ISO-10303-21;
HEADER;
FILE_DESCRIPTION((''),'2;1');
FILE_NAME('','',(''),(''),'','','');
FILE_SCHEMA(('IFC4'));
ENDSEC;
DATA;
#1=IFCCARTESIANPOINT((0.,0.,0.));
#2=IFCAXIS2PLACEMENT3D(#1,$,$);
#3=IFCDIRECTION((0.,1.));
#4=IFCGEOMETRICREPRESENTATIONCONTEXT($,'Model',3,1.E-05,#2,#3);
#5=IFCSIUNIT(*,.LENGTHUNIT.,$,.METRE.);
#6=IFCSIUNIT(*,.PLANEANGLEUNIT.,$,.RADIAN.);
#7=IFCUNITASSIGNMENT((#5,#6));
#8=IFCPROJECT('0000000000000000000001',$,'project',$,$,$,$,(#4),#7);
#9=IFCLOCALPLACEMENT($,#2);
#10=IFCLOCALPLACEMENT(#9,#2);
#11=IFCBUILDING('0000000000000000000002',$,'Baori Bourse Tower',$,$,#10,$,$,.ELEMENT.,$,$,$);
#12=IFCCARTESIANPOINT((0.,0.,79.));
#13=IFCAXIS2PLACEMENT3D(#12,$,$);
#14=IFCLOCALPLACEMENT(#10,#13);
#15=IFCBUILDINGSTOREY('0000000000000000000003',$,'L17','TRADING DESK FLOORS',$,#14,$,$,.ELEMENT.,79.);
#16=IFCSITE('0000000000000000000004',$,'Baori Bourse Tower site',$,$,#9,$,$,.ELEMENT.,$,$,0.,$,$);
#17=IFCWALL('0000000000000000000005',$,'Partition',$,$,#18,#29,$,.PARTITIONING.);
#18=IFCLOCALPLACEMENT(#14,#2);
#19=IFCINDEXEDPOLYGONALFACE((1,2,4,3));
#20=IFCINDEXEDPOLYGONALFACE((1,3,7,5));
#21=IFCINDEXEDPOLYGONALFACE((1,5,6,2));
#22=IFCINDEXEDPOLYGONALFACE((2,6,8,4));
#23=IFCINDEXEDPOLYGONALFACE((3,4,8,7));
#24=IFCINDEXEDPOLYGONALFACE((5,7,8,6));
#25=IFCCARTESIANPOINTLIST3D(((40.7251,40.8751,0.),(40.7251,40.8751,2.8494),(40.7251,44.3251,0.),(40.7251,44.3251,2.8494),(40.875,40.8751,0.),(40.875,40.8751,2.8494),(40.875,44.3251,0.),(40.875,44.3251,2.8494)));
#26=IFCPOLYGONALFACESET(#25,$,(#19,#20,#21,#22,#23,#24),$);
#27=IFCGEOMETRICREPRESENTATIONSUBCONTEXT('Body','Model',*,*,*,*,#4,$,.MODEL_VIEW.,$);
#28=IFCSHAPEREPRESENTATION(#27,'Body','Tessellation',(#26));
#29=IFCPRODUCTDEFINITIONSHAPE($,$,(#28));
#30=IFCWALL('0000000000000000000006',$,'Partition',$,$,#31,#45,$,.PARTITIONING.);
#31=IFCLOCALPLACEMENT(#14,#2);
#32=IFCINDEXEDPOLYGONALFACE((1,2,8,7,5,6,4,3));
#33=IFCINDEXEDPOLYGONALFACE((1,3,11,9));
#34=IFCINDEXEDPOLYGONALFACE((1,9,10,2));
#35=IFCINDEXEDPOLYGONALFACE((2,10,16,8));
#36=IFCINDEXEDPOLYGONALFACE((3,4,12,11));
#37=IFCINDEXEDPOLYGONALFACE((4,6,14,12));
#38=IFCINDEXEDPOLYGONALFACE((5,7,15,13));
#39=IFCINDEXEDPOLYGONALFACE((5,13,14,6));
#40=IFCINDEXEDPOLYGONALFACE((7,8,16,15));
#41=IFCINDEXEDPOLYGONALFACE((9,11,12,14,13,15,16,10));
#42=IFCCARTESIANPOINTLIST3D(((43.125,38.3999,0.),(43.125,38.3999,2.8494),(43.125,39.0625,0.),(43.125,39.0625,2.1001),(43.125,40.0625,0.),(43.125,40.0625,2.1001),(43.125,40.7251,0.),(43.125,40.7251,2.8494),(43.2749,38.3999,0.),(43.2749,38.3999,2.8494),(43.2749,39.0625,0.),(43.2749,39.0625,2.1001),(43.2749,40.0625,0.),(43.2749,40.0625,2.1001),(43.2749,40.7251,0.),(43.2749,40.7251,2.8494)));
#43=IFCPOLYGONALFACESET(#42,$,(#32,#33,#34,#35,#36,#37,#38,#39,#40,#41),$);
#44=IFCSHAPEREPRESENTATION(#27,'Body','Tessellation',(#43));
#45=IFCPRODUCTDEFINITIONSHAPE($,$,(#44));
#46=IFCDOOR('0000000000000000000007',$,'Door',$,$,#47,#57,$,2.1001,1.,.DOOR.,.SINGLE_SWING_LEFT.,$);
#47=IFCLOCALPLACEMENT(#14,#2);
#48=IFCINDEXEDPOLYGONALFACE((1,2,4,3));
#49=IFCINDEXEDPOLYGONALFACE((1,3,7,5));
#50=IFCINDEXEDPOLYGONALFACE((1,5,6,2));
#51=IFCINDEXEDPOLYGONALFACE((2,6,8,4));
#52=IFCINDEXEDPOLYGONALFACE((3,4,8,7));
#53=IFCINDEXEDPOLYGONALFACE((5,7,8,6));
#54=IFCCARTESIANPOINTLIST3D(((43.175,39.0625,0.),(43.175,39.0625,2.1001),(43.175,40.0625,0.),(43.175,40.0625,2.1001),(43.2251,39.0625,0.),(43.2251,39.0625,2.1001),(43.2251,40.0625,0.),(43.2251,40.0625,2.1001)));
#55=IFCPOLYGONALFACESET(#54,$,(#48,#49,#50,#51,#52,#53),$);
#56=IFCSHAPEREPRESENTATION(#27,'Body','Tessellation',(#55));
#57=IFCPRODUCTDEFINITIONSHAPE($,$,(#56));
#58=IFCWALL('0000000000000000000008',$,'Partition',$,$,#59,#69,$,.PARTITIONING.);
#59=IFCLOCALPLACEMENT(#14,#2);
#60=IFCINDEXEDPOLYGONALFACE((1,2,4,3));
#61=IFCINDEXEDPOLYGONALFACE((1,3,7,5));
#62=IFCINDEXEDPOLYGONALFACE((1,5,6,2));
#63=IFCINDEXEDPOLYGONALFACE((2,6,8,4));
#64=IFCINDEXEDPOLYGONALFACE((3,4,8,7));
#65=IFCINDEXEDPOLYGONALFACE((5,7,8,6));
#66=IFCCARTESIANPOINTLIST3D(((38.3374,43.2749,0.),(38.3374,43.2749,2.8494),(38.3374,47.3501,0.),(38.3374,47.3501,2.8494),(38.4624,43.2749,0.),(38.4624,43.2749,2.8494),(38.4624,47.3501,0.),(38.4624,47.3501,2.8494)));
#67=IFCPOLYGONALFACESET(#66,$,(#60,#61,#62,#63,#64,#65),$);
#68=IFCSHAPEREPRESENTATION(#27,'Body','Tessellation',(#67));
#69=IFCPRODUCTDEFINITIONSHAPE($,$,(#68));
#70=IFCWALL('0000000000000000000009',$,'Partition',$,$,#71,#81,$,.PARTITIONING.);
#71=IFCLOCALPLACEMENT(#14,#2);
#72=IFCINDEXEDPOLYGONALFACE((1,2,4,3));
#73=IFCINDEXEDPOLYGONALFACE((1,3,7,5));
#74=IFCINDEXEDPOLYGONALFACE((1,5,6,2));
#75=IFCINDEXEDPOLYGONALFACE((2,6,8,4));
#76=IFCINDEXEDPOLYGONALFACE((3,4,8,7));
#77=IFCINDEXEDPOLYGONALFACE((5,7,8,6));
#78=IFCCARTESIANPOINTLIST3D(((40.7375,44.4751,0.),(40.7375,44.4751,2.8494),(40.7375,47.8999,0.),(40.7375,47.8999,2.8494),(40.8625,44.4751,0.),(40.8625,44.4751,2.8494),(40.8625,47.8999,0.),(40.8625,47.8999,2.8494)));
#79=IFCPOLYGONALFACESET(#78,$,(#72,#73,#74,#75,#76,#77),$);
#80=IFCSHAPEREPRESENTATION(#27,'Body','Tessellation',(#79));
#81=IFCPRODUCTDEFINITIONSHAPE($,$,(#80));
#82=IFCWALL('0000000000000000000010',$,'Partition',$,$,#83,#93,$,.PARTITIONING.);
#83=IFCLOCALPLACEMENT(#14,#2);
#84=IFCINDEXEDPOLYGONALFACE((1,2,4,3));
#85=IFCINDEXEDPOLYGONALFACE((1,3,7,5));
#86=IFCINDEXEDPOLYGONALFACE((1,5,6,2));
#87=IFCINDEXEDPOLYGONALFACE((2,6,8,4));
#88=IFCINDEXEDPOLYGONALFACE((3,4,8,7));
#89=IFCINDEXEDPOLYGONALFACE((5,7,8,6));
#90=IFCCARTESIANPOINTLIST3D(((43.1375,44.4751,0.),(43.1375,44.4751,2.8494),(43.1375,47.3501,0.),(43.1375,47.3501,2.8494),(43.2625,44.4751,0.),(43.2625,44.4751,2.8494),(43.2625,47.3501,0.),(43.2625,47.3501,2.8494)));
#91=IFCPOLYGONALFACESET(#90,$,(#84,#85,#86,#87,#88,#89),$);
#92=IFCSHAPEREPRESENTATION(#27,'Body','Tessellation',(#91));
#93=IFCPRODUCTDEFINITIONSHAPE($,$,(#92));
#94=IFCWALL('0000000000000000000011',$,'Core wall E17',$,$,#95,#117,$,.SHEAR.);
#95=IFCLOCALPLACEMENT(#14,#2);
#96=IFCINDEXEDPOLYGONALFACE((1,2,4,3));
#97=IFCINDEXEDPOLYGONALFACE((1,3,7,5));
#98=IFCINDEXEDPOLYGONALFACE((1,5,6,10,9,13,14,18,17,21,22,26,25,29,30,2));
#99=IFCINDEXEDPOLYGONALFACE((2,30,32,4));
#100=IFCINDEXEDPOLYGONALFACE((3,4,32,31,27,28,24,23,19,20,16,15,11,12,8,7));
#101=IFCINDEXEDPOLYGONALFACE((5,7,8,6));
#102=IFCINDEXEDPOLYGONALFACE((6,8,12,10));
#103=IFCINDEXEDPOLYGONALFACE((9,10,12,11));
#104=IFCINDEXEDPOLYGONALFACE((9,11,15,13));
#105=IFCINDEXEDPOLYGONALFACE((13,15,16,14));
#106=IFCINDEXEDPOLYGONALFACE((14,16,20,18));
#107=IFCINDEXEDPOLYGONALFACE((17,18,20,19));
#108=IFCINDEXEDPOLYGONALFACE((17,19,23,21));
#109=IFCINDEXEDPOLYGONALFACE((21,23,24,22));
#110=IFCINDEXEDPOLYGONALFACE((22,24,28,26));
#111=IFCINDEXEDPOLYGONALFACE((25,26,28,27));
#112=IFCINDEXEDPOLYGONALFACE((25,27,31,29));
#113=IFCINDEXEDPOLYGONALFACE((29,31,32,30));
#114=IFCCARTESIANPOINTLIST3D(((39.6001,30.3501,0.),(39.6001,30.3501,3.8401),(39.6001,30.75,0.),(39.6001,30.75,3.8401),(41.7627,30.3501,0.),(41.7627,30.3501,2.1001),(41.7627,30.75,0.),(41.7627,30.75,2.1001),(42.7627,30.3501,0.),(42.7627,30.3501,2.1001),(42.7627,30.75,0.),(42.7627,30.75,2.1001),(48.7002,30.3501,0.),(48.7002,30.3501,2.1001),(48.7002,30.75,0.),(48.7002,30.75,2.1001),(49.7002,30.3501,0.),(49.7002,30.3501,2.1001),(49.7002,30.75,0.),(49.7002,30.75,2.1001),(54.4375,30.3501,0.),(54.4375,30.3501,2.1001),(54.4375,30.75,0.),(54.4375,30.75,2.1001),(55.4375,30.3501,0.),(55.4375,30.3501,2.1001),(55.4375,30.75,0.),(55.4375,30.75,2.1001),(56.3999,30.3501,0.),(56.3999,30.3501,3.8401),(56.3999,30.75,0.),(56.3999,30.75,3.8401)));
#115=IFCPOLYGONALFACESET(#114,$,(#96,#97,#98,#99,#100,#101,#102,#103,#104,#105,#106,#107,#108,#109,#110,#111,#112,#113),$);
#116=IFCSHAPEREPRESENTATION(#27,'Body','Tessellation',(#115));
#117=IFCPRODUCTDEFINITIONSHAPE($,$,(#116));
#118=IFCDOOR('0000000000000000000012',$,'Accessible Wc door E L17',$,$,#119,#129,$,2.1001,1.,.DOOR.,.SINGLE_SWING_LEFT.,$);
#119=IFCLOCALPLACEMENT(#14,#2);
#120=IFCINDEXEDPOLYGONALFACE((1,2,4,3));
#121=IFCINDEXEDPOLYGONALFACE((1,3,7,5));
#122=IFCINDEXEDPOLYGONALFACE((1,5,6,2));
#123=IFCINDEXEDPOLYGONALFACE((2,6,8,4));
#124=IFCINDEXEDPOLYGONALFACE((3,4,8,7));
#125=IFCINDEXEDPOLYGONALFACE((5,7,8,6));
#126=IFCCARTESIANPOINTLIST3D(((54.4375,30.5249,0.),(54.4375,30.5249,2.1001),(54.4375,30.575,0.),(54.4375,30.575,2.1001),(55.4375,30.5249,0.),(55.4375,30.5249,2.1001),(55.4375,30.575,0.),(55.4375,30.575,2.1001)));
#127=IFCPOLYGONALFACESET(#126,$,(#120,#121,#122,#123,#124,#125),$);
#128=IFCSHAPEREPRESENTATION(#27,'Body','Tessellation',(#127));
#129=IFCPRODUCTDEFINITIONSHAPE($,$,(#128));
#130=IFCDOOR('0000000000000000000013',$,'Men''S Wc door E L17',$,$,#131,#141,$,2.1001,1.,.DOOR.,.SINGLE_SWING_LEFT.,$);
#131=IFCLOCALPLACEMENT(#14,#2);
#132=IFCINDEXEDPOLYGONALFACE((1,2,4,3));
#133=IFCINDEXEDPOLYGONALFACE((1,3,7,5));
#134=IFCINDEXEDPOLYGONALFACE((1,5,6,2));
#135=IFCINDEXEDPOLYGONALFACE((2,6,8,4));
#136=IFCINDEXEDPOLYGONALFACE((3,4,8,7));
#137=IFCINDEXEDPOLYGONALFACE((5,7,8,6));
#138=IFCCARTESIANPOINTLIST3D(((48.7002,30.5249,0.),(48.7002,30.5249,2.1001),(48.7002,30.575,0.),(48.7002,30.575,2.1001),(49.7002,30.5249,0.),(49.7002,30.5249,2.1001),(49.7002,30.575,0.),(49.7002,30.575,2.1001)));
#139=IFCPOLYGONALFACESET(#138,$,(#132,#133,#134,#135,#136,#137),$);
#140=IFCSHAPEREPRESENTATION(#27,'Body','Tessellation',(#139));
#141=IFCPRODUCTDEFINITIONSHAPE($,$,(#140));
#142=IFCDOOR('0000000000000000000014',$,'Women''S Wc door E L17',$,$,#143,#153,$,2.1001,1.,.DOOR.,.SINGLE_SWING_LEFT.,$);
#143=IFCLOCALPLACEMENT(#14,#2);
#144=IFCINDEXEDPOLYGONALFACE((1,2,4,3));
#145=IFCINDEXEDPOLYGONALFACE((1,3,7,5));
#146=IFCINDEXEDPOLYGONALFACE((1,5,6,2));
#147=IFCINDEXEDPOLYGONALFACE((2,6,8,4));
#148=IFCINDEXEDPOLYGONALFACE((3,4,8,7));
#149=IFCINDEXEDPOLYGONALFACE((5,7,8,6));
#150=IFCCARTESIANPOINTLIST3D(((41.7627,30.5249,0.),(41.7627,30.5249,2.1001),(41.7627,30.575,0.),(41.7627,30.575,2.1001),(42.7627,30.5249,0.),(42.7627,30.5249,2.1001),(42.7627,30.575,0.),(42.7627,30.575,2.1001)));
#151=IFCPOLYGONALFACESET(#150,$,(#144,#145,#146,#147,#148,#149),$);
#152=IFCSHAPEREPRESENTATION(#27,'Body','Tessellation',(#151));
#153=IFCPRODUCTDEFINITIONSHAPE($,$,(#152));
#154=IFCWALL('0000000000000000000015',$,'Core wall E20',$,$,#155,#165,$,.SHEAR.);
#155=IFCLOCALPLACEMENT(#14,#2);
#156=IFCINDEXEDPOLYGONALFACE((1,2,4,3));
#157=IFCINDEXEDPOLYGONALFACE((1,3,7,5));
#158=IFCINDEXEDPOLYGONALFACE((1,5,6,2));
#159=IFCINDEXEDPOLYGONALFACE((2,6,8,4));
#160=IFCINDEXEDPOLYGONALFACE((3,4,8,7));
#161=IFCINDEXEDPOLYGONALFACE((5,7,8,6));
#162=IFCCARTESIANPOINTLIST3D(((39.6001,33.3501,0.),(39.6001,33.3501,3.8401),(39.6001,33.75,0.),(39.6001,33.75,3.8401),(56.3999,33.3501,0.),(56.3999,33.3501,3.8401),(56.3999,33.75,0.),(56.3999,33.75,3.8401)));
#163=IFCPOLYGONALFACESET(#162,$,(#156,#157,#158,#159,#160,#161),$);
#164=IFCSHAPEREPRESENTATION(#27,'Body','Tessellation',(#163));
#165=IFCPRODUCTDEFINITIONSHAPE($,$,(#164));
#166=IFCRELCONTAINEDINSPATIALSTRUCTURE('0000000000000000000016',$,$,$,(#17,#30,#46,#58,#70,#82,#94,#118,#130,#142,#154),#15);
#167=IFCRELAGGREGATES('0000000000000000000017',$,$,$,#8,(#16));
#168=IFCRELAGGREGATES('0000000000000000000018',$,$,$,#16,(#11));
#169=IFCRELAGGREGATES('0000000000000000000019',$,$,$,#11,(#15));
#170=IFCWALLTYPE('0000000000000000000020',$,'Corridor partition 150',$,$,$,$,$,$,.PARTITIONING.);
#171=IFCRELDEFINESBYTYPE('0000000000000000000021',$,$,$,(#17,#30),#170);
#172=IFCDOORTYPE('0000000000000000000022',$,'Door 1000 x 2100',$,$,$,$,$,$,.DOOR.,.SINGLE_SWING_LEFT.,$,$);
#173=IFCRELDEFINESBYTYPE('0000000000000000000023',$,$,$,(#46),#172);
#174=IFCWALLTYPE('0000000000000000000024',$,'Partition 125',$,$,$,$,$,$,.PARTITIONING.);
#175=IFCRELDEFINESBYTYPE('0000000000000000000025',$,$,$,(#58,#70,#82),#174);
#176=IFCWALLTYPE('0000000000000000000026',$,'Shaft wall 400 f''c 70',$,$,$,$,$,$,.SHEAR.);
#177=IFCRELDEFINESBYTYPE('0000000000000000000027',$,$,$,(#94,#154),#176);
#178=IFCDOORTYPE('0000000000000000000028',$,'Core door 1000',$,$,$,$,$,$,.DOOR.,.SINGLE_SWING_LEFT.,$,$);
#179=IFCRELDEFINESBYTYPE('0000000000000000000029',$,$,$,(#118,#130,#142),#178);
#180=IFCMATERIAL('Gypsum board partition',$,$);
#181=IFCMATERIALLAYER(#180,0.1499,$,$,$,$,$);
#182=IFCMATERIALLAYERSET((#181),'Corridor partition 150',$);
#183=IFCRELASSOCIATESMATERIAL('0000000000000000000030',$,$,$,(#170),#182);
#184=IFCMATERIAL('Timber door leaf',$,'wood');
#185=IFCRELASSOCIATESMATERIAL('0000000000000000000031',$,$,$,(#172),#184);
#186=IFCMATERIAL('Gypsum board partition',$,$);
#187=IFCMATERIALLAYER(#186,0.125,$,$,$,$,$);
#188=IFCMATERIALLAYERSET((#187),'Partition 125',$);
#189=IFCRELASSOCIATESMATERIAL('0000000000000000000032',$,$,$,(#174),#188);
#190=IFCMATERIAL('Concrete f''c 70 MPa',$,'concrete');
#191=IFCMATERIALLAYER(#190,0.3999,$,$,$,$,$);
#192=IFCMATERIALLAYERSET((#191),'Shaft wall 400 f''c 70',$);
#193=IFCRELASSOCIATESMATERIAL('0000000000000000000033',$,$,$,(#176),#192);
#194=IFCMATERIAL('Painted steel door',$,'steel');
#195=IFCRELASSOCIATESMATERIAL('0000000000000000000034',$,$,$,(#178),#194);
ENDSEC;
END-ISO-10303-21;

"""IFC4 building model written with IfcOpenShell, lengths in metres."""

from ifc_helpers import new_model, si_unit, direction, frame, frame_2d, origin, place, context, subcontext, project, spatial, rectangle, extrude, material, layer, layer_set, type_object, element, fill, save


model = new_model("IFC4")

# Units and contexts
model_context = context("Model", 3, precision=1e-05, world=origin(), true_north=direction((0.0, 1.0)))
body_context = subcontext(model_context, "Body", "Model", "MODEL_VIEW")
ifc_project = project(units=[si_unit("LENGTHUNIT", "METRE"), si_unit("PLANEANGLEUNIT", "RADIAN")], contexts=[model_context])

# Site, building, storey
site_placement = place(None, origin())
site = spatial("IfcSite", under=ifc_project, at=site_placement, Name="Baori Bourse Tower site", CompositionType="ELEMENT", RefElevation=0.0)
building_placement = place(site_placement, origin())
building = spatial("IfcBuilding", under=site, at=building_placement, Name="Baori Bourse Tower", CompositionType="ELEMENT")
storey_placement = place(building_placement, frame((0.0, 0.0, 79.0)))
storey = spatial("IfcBuildingStorey", under=building, at=storey_placement, Name="L17", Description="TRADING DESK FLOORS", CompositionType="ELEMENT", Elevation=79.0)

# Shared definitions
ifc_material_1 = material(Name="Gypsum board partition")
ifc_layer_1 = layer(ifc_material_1, 0.1499)
ifc_layer_set_1 = layer_set([ifc_layer_1], Name="Corridor partition 150")
wall_type_1 = type_object("IfcWallType", Name="Corridor partition 150", PredefinedType="PARTITIONING", material=ifc_layer_set_1)
ifc_material_2 = material(Name="Timber door leaf", Category="wood")
door_type_1 = type_object("IfcDoorType", Name="Door 1000 x 2100", OperationType="SINGLE_SWING_LEFT", PredefinedType="DOOR", material=ifc_material_2)

# Wall
wall_1_placement = place(storey_placement, frame((40.8, 40.875, 0.0), z_axis=(0.0, 0.0, 1.0), x_axis=(0.0, 1.0, 0.0)))
element("IfcWall", 1, at=wall_1_placement, inside=storey, type_object=wall_type_1, Name="Partition", PredefinedType="PARTITIONING", context=body_context, shape_type="SweptSolid", body=[
    extrude(rectangle(XDim=3.45, YDim=0.1499, at=frame_2d((1.7251, 0.0))), origin(), (0.0, 0.0, 1.0), 2.8494),
])

# Wall, opening, door
wall_2_placement = place(storey_placement, frame((43.2, 38.3999, 0.0), z_axis=(0.0, 0.0, 1.0), x_axis=(0.0, 1.0, 0.0)))
wall_2 = element("IfcWall", 2, at=wall_2_placement, inside=storey, type_object=wall_type_1, Name="Partition", PredefinedType="PARTITIONING", context=body_context, shape_type="SweptSolid", body=[
    extrude(rectangle(XDim=2.3252, YDim=0.1499, at=frame_2d((1.1626, 0.0))), origin(), (0.0, 0.0, 1.0), 2.8494),
])
opening_1_placement = place(wall_2_placement, frame((0.6626, 0.0, 0.0)))
opening_1 = element("IfcOpeningElement", 3, at=opening_1_placement, cuts=wall_2, PredefinedType="OPENING", context=body_context, shape_type="SweptSolid", body=[
    extrude(rectangle(XDim=1.0, YDim=2.1001, at=frame_2d((0.5, 1.05))), frame((0.0, 0.085, 0.0), z_axis=(0.0, -1.0, 0.0), x_axis=(1.0, 0.0, 0.0)), (0.0, 0.0, 1.0), 0.1699),
])
door_1_placement = place(opening_1_placement, origin())
door_1 = element("IfcDoor", 4, at=door_1_placement, inside=storey, type_object=door_type_1, Name="Door", OperationType="SINGLE_SWING_LEFT", OverallHeight=2.1001, OverallWidth=1.0, PredefinedType="DOOR", context=body_context, shape_type="SweptSolid", body=[
    extrude(rectangle(XDim=1.0, YDim=2.1001, at=frame_2d((0.5, 1.05))), frame((0.0, 0.0249, 0.0), z_axis=(0.0, -1.0, 0.0), x_axis=(1.0, 0.0, 0.0)), (0.0, 0.0, 1.0), 0.05),
])
fill(opening_1, door_1)

# Walls
ifc_material_3 = material(Name="Gypsum board partition")
ifc_layer_2 = layer(ifc_material_3, 0.125)
ifc_layer_set_2 = layer_set([ifc_layer_2], Name="Partition 125")
wall_type_2 = type_object("IfcWallType", Name="Partition 125", PredefinedType="PARTITIONING", material=ifc_layer_set_2)
wall_3_placement = place(storey_placement, frame((38.3999, 43.2749, 0.0), z_axis=(0.0, 0.0, 1.0), x_axis=(0.0, 1.0, 0.0)))
element("IfcWall", 5, at=wall_3_placement, inside=storey, type_object=wall_type_2, Name="Partition", PredefinedType="PARTITIONING", context=body_context, shape_type="SweptSolid", body=[
    extrude(rectangle(XDim=4.0752, YDim=0.125, at=frame_2d((2.0376, 0.0))), origin(), (0.0, 0.0, 1.0), 2.8494),
])
wall_4_placement = place(storey_placement, frame((40.8, 44.4751, 0.0), z_axis=(0.0, 0.0, 1.0), x_axis=(0.0, 1.0, 0.0)))
element("IfcWall", 6, at=wall_4_placement, inside=storey, type_object=wall_type_2, Name="Partition", PredefinedType="PARTITIONING", context=body_context, shape_type="SweptSolid", body=[
    extrude(rectangle(XDim=3.4248, YDim=0.125, at=frame_2d((1.7124, 0.0))), origin(), (0.0, 0.0, 1.0), 2.8494),
])
wall_5_placement = place(storey_placement, frame((43.2, 44.4751, 0.0), z_axis=(0.0, 0.0, 1.0), x_axis=(0.0, 1.0, 0.0)))
element("IfcWall", 7, at=wall_5_placement, inside=storey, type_object=wall_type_2, Name="Partition", PredefinedType="PARTITIONING", context=body_context, shape_type="SweptSolid", body=[
    extrude(rectangle(XDim=2.875, YDim=0.125, at=frame_2d((1.4375, 0.0))), origin(), (0.0, 0.0, 1.0), 2.8494),
])

# Wall, openings, doors
ifc_material_4 = material(Name="Concrete f'c 70 MPa", Category="concrete")
ifc_layer_3 = layer(ifc_material_4, 0.3999)
ifc_layer_set_3 = layer_set([ifc_layer_3], Name="Shaft wall 400 f'c 70")
wall_type_3 = type_object("IfcWallType", Name="Shaft wall 400 f'c 70", PredefinedType="SHEAR", material=ifc_layer_set_3)
wall_6_placement = place(storey_placement, frame((39.6001, 30.55, 0.0), z_axis=(0.0, 0.0, 1.0), x_axis=(1.0, 0.0, 0.0)))
wall_6 = element("IfcWall", 8, at=wall_6_placement, inside=storey, type_object=wall_type_3, Name="Core wall E17", PredefinedType="SHEAR", context=body_context, shape_type="SweptSolid", body=[
    extrude(rectangle(XDim=16.7998, YDim=0.3999, at=frame_2d((8.3999, 0.0))), origin(), (0.0, 0.0, 1.0), 3.8401),
])
opening_2_placement = place(wall_6_placement, frame((14.8374, 0.0, 0.0)))
opening_2 = element("IfcOpeningElement", 9, at=opening_2_placement, cuts=wall_6, PredefinedType="OPENING", context=body_context, shape_type="SweptSolid", body=[
    extrude(rectangle(XDim=1.0, YDim=2.1001, at=frame_2d((0.5, 1.05))), frame((0.0, 0.21, 0.0), z_axis=(0.0, -1.0, 0.0), x_axis=(1.0, 0.0, 0.0)), (0.0, 0.0, 1.0), 0.4199),
])
opening_3_placement = place(wall_6_placement, frame((9.1001, 0.0, 0.0)))
opening_3 = element("IfcOpeningElement", 10, at=opening_3_placement, cuts=wall_6, PredefinedType="OPENING", context=body_context, shape_type="SweptSolid", body=[
    extrude(rectangle(XDim=1.0, YDim=2.1001, at=frame_2d((0.5, 1.05))), frame((0.0, 0.21, 0.0), z_axis=(0.0, -1.0, 0.0), x_axis=(1.0, 0.0, 0.0)), (0.0, 0.0, 1.0), 0.4199),
])
opening_4_placement = place(wall_6_placement, frame((2.1626, 0.0, 0.0)))
opening_4 = element("IfcOpeningElement", 11, at=opening_4_placement, cuts=wall_6, PredefinedType="OPENING", context=body_context, shape_type="SweptSolid", body=[
    extrude(rectangle(XDim=1.0, YDim=2.1001, at=frame_2d((0.5, 1.05))), frame((0.0, 0.21, 0.0), z_axis=(0.0, -1.0, 0.0), x_axis=(1.0, 0.0, 0.0)), (0.0, 0.0, 1.0), 0.4199),
])
ifc_material_5 = material(Name="Painted steel door", Category="steel")
door_type_2 = type_object("IfcDoorType", Name="Core door 1000", OperationType="SINGLE_SWING_LEFT", PredefinedType="DOOR", material=ifc_material_5)
door_2_placement = place(opening_2_placement, origin())
door_2 = element("IfcDoor", 12, at=door_2_placement, inside=storey, type_object=door_type_2, Name="Accessible Wc door E L17", OperationType="SINGLE_SWING_LEFT", OverallHeight=2.1001, OverallWidth=1.0, PredefinedType="DOOR", context=body_context, shape_type="SweptSolid", body=[
    extrude(rectangle(XDim=1.0, YDim=2.1001, at=frame_2d((0.5, 1.05))), frame((0.0, 0.0249, 0.0), z_axis=(0.0, -1.0, 0.0), x_axis=(1.0, 0.0, 0.0)), (0.0, 0.0, 1.0), 0.05),
])
fill(opening_2, door_2)
door_3_placement = place(opening_3_placement, origin())
door_3 = element("IfcDoor", 13, at=door_3_placement, inside=storey, type_object=door_type_2, Name="Men'S Wc door E L17", OperationType="SINGLE_SWING_LEFT", OverallHeight=2.1001, OverallWidth=1.0, PredefinedType="DOOR", context=body_context, shape_type="SweptSolid", body=[
    extrude(rectangle(XDim=1.0, YDim=2.1001, at=frame_2d((0.5, 1.05))), frame((0.0, 0.0249, 0.0), z_axis=(0.0, -1.0, 0.0), x_axis=(1.0, 0.0, 0.0)), (0.0, 0.0, 1.0), 0.05),
])
fill(opening_3, door_3)
door_4_placement = place(opening_4_placement, origin())
door_4 = element("IfcDoor", 14, at=door_4_placement, inside=storey, type_object=door_type_2, Name="Women'S Wc door E L17", OperationType="SINGLE_SWING_LEFT", OverallHeight=2.1001, OverallWidth=1.0, PredefinedType="DOOR", context=body_context, shape_type="SweptSolid", body=[
    extrude(rectangle(XDim=1.0, YDim=2.1001, at=frame_2d((0.5, 1.05))), frame((0.0, 0.0249, 0.0), z_axis=(0.0, -1.0, 0.0), x_axis=(1.0, 0.0, 0.0)), (0.0, 0.0, 1.0), 0.05),
])
fill(opening_4, door_4)

# Wall
wall_7_placement = place(storey_placement, frame((39.6001, 33.55, 0.0), z_axis=(0.0, 0.0, 1.0), x_axis=(1.0, 0.0, 0.0)))
element("IfcWall", 15, at=wall_7_placement, inside=storey, type_object=wall_type_3, Name="Core wall E20", PredefinedType="SHEAR", context=body_context, shape_type="SweptSolid", body=[
    extrude(rectangle(XDim=16.7998, YDim=0.3999, at=frame_2d((8.3999, 0.0))), origin(), (0.0, 0.0, 1.0), 3.8401),
])

save(model, "model.ifc")
